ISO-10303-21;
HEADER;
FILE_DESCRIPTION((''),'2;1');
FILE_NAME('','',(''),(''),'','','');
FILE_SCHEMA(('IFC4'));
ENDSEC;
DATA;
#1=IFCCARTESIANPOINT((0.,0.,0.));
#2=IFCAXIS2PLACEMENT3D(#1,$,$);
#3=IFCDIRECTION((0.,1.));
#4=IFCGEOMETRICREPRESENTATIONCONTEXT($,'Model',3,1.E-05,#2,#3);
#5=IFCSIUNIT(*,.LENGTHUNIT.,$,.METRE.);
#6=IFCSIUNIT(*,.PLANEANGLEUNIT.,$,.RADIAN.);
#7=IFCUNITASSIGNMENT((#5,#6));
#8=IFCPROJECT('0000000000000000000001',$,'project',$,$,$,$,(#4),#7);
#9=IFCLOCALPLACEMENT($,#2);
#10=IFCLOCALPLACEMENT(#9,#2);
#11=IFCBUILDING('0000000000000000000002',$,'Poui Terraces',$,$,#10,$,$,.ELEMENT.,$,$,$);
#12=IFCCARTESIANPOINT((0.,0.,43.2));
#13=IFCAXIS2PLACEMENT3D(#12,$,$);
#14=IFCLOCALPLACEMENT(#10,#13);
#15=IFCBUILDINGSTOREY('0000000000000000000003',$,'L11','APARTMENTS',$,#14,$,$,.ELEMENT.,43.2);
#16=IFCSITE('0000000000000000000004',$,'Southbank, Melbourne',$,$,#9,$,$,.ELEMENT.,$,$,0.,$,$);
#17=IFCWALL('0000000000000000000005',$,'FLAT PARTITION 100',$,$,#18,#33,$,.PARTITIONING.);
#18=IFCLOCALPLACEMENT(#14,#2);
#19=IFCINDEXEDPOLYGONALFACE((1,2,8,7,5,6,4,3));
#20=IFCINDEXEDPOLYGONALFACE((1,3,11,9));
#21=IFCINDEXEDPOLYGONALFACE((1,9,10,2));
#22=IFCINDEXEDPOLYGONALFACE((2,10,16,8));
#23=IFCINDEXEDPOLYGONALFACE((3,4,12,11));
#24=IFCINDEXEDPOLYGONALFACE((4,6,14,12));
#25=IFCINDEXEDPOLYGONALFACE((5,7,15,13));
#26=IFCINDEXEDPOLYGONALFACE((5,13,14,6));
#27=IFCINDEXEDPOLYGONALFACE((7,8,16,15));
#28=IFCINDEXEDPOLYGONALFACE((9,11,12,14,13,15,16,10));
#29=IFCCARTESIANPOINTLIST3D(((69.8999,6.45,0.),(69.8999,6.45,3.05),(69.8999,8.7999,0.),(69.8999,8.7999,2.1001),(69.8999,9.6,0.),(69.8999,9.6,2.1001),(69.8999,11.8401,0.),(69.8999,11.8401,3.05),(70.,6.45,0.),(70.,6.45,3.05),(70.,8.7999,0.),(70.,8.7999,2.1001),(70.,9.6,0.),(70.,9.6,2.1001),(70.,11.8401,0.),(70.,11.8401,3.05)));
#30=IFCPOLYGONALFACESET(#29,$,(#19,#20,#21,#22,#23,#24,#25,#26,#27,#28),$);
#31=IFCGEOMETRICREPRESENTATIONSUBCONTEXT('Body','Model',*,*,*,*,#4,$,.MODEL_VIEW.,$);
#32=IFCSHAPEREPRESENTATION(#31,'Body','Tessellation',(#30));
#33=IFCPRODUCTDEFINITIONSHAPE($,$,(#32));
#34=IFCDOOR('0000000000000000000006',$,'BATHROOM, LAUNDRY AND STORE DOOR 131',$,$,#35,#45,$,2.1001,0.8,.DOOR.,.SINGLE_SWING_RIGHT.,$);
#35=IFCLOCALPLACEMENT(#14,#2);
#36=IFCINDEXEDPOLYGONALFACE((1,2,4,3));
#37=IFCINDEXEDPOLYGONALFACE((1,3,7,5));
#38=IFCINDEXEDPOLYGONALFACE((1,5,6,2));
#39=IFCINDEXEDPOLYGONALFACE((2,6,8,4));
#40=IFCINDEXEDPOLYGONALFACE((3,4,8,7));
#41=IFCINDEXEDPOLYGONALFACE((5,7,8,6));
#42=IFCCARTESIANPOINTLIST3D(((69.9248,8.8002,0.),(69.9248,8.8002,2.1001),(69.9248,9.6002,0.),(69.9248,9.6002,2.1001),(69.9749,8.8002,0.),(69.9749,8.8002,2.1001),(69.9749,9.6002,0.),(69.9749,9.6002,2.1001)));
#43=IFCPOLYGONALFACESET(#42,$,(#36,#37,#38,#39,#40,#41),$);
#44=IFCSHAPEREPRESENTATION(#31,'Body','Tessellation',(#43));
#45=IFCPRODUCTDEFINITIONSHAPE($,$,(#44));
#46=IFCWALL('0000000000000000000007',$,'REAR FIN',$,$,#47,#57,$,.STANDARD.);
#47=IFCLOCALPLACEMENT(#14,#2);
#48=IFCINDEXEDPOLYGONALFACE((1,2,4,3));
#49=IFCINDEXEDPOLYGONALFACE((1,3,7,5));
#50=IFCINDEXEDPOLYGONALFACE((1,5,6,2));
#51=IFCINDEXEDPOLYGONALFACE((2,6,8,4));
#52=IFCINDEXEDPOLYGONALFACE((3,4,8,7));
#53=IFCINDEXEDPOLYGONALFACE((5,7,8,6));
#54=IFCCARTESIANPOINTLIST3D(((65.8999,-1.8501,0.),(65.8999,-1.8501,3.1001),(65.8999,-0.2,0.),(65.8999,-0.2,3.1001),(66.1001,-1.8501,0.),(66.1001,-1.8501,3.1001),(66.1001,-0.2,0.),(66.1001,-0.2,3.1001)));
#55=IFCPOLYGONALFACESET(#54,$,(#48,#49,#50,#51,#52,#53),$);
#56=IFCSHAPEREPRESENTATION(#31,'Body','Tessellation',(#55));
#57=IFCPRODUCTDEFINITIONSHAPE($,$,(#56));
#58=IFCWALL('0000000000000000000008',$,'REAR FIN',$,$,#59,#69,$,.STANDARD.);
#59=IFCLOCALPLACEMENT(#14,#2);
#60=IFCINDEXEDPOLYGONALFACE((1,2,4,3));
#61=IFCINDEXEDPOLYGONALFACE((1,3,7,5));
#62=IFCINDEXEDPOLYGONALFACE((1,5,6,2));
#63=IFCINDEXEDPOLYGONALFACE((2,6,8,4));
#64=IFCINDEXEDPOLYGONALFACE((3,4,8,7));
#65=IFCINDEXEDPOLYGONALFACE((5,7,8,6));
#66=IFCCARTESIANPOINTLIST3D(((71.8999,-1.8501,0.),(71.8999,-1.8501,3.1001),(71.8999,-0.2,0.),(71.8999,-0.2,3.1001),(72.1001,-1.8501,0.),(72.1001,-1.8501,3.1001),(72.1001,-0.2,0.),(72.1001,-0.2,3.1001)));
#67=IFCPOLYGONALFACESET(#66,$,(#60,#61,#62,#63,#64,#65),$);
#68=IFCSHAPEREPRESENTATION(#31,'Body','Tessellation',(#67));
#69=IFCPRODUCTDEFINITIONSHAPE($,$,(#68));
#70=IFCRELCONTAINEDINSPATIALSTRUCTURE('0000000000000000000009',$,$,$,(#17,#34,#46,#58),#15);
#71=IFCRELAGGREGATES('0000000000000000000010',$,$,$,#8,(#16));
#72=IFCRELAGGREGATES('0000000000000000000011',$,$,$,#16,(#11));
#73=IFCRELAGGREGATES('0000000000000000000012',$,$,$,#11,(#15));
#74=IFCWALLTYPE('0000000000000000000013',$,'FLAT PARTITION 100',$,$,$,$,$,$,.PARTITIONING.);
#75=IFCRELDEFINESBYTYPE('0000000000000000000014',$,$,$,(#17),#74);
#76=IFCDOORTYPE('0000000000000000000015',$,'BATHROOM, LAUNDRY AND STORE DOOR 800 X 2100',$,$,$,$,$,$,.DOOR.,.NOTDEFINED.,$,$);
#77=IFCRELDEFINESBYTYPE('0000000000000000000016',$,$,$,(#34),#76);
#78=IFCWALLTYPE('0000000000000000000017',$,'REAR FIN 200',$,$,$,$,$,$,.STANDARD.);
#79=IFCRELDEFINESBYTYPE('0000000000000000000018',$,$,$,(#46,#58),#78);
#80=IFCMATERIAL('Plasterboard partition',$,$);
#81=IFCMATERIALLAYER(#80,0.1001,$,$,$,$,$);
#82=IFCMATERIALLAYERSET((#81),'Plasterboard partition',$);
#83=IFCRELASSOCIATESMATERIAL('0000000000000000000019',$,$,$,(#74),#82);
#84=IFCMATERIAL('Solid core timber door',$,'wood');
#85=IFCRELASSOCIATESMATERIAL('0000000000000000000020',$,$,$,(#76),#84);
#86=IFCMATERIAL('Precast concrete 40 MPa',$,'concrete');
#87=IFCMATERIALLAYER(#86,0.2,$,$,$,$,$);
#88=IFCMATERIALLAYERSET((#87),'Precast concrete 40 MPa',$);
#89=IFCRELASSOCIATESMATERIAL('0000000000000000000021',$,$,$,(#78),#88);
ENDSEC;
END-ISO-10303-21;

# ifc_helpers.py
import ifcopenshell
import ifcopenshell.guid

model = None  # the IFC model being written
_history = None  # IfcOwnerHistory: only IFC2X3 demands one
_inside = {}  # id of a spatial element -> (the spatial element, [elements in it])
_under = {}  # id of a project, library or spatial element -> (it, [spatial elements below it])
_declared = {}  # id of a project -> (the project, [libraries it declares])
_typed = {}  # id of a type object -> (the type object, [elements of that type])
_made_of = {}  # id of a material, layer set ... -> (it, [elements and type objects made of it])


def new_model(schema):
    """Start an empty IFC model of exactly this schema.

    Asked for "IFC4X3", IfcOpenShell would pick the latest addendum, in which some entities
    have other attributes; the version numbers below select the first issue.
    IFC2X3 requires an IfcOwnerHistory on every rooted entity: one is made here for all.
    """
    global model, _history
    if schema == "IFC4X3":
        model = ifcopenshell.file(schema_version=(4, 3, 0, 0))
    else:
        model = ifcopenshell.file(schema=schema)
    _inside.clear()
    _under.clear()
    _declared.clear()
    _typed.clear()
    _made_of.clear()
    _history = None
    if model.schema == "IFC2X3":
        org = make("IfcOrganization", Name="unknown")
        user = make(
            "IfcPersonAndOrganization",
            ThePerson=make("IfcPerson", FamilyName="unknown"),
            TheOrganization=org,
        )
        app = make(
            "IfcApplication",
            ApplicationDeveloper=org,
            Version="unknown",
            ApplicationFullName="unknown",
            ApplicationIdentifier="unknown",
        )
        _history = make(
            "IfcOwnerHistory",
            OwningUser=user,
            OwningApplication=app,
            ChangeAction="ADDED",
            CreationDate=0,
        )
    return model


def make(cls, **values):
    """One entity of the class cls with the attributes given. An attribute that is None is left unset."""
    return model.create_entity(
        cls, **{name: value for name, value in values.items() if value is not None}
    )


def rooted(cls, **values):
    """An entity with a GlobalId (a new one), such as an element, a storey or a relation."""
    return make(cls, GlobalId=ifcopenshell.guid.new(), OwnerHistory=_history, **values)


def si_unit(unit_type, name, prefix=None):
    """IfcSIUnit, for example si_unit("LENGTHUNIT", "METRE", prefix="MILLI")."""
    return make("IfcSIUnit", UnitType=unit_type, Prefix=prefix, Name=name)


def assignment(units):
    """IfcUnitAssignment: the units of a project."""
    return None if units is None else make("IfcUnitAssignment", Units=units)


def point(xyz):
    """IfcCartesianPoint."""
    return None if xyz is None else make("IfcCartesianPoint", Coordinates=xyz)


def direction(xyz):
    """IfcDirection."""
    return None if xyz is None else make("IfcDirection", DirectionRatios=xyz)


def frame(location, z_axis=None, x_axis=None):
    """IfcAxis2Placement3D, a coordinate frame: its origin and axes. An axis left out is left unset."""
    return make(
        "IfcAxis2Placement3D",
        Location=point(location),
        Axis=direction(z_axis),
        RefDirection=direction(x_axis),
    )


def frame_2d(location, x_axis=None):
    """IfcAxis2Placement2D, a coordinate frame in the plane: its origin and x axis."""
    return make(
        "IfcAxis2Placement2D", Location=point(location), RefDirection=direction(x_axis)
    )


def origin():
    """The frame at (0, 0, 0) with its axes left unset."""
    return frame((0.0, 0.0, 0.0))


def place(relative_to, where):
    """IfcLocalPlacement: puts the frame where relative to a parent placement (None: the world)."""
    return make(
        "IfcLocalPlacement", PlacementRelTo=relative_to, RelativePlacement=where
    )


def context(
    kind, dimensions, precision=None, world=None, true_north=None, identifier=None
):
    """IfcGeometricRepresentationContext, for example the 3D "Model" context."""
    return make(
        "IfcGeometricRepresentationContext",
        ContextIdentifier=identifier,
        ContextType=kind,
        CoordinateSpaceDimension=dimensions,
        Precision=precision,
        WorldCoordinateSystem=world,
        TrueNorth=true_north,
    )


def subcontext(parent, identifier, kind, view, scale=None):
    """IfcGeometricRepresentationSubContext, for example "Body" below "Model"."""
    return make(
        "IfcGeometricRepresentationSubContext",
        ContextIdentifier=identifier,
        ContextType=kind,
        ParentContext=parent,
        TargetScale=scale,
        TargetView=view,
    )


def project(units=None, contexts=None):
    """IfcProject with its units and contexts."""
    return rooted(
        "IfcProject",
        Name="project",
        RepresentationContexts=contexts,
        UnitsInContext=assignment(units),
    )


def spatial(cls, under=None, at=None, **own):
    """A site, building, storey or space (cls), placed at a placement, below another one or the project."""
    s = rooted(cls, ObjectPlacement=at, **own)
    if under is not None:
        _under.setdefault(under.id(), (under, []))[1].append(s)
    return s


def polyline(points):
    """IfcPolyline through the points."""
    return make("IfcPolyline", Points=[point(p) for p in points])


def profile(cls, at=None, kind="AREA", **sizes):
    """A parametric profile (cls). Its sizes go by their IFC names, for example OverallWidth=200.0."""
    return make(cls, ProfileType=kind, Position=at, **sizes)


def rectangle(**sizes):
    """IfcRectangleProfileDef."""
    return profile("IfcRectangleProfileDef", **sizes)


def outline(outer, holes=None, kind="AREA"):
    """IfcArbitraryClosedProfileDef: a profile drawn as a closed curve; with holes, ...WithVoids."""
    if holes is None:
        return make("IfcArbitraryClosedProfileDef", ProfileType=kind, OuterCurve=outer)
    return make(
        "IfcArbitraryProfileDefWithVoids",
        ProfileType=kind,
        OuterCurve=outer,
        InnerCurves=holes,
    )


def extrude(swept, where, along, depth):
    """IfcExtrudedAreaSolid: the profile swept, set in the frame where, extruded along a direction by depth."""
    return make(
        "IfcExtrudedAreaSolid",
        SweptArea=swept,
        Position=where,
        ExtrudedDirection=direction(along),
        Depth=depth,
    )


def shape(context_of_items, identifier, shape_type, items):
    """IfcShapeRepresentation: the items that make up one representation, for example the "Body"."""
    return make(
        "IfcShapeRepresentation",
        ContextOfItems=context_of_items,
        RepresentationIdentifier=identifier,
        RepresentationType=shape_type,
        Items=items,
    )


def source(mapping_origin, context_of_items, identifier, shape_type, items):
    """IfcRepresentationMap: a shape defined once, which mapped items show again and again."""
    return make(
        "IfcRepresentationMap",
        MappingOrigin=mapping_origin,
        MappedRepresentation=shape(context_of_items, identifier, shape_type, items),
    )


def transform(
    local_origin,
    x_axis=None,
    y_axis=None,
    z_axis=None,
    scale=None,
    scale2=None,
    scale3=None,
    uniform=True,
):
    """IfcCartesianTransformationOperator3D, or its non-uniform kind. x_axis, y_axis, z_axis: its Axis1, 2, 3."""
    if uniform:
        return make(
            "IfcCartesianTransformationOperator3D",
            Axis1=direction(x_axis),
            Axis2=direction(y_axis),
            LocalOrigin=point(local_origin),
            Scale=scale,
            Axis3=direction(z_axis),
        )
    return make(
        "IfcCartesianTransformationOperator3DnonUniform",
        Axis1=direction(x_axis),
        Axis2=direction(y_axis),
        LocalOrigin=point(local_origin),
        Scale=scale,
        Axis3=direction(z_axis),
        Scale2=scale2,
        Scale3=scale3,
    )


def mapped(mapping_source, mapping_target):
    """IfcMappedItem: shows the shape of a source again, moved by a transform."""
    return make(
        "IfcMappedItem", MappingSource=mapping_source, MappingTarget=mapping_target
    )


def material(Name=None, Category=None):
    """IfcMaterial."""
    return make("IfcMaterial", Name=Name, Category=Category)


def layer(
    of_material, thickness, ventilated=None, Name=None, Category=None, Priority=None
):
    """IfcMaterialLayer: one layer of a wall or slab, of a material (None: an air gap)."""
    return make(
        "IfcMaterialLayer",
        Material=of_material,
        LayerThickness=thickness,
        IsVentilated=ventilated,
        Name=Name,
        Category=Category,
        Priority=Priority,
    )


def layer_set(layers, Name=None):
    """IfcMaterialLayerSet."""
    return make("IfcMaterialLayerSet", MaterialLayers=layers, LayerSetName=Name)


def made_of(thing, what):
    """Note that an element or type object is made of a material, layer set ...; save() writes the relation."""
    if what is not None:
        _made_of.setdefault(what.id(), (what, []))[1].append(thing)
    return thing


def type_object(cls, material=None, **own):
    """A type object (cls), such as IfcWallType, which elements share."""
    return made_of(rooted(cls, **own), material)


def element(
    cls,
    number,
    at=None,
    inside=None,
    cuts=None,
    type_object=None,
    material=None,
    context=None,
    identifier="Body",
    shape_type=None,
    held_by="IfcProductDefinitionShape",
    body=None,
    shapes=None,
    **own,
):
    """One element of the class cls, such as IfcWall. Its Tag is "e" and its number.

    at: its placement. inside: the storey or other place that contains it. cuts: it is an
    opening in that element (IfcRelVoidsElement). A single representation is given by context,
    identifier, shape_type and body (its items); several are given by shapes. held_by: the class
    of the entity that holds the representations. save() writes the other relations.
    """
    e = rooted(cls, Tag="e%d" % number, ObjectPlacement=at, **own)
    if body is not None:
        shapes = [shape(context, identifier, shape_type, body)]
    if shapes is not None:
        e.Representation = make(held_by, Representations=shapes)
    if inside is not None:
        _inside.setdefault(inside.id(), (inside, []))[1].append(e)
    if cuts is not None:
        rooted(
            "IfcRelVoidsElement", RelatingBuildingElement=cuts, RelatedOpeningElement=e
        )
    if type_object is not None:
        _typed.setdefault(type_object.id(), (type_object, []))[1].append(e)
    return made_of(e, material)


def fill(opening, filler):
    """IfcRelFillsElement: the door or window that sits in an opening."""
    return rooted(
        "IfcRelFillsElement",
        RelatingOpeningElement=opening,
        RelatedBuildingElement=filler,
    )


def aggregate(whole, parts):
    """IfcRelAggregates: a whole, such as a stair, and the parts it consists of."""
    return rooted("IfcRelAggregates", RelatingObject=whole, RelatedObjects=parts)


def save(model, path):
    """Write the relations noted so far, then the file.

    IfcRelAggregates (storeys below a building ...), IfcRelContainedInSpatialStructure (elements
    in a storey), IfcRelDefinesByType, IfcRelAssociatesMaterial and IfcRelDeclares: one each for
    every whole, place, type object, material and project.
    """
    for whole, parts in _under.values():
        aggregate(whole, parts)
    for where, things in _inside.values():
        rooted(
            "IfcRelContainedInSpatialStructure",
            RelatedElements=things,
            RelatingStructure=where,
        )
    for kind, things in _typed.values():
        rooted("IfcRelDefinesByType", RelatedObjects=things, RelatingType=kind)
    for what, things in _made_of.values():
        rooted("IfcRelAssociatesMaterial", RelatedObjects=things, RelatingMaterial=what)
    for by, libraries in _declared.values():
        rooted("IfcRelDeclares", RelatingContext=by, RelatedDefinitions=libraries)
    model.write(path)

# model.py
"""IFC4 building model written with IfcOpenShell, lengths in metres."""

from ifc_helpers import new_model, si_unit, direction, frame, frame_2d, origin, place, context, subcontext, project, spatial, polyline, rectangle, outline, extrude, source, transform, mapped, material, layer, layer_set, type_object, element, fill, save


model = new_model("IFC4")

# Units and contexts
model_context = context("Model", 3, precision=1e-05, world=origin(), true_north=direction((0.0, 1.0)))
body_context = subcontext(model_context, "Body", "Model", "MODEL_VIEW")
ifc_project = project(units=[si_unit("LENGTHUNIT", "METRE"), si_unit("PLANEANGLEUNIT", "RADIAN")], contexts=[model_context])

# Site, building, storey
site_placement = place(None, origin())
site = spatial("IfcSite", under=ifc_project, at=site_placement, Name="Southbank, Melbourne", CompositionType="ELEMENT", RefElevation=0.0)
building_placement = place(site_placement, origin())
building = spatial("IfcBuilding", under=site, at=building_placement, Name="Poui Terraces", CompositionType="ELEMENT")
storey_placement = place(building_placement, frame((0.0, 0.0, 43.2)))
storey = spatial("IfcBuildingStorey", under=building, at=storey_placement, Name="L11", Description="APARTMENTS", CompositionType="ELEMENT", Elevation=43.2)

# Shared definitions
ifc_material_1 = material(Name="Solid core timber door", Category="wood")

# Shared definitions
ifc_material_2 = material(Name="Plasterboard partition")
ifc_layer_1 = layer(ifc_material_2, 0.1001)
ifc_layer_set_1 = layer_set([ifc_layer_1], Name="Plasterboard partition")
wall_type_1 = type_object("IfcWallType", Name="FLAT PARTITION 100", PredefinedType="PARTITIONING", material=ifc_layer_set_1)

# Wall, opening, door
wall_1_placement = place(storey_placement, frame((69.95, 6.45, 0.0), z_axis=(0.0, 0.0, 1.0), x_axis=(0.0, 1.0, 0.0)))
wall_1 = element("IfcWall", 1, at=wall_1_placement, inside=storey, type_object=wall_type_1, Name="FLAT PARTITION 100", PredefinedType="PARTITIONING", context=body_context, shape_type="SweptSolid", body=[
    extrude(rectangle(XDim=5.3901, YDim=0.1001, at=frame_2d((2.6951, 0.0))), origin(), (0.0, 0.0, 1.0), 3.05),
])
opening_1_placement = place(wall_1_placement, frame((2.3501, 0.0, 0.0)))
opening_1 = element("IfcOpeningElement", 2, at=opening_1_placement, cuts=wall_1, PredefinedType="OPENING", context=body_context, shape_type="SweptSolid", body=[
    extrude(rectangle(XDim=0.8, YDim=2.1001, at=frame_2d((0.3999, 1.05))), frame((0.0, 0.0601, 0.0), z_axis=(0.0, -1.0, 0.0), x_axis=(1.0, 0.0, 0.0)), (0.0, 0.0, 1.0), 0.1201),
])
door_type_1 = type_object("IfcDoorType", Name="BATHROOM, LAUNDRY AND STORE DOOR 800 X 2100", OperationType="NOTDEFINED", PredefinedType="DOOR", material=ifc_material_1)
door_1_placement = place(opening_1_placement, frame((0.8, 0.0, 0.0), z_axis=(0.0, 0.0, 1.0), x_axis=(-1.0, 0.0, 0.0)))
door_1 = element("IfcDoor", 3, at=door_1_placement, inside=storey, type_object=door_type_1, Name="BATHROOM, LAUNDRY AND STORE DOOR 131", OperationType="SINGLE_SWING_RIGHT", OverallHeight=2.1001, OverallWidth=0.8, PredefinedType="DOOR", context=body_context, shape_type="SweptSolid", body=[
    extrude(rectangle(XDim=0.8, YDim=2.1001, at=frame_2d((0.3999, 1.05))), frame((0.0, 0.0249, 0.0), z_axis=(0.0, -1.0, 0.0), x_axis=(1.0, 0.0, 0.0)), (0.0, 0.0, 1.0), 0.05),
])
fill(opening_1, door_1)

# Walls
ifc_material_3 = material(Name="Precast concrete 40 MPa", Category="concrete")
ifc_layer_2 = layer(ifc_material_3, 0.2)
ifc_layer_set_2 = layer_set([ifc_layer_2], Name="Precast concrete 40 MPa")
wall_type_2 = type_object("IfcWallType", Name="REAR FIN 200", PredefinedType="STANDARD", material=ifc_layer_set_2)
shared_shape_1 = source(origin(), body_context, "Body", "SweptSolid", [
    extrude(outline(polyline([(0.0, 0.0), (0.2002, 0.0), (0.2002, 1.6501), (0.0, 1.6501), (0.0, 0.0)])), origin(), (0.0, 0.0, 1.0), 3.1001),
])
for number, where, name in (
    (4, (65.8999, -1.8501, 0.0), "REAR FIN"),
    (5, (71.8999, -1.8501, 0.0), "REAR FIN"),
):
    element("IfcWall", number, at=place(storey_placement, frame(where)), inside=storey, type_object=wall_type_2, Name=name, PredefinedType="STANDARD", context=body_context, shape_type="MappedRepresentation", body=[
        mapped(shared_shape_1, transform((0.0, 0.0, 0.0))),
    ])

save(model, "model.ifc")
